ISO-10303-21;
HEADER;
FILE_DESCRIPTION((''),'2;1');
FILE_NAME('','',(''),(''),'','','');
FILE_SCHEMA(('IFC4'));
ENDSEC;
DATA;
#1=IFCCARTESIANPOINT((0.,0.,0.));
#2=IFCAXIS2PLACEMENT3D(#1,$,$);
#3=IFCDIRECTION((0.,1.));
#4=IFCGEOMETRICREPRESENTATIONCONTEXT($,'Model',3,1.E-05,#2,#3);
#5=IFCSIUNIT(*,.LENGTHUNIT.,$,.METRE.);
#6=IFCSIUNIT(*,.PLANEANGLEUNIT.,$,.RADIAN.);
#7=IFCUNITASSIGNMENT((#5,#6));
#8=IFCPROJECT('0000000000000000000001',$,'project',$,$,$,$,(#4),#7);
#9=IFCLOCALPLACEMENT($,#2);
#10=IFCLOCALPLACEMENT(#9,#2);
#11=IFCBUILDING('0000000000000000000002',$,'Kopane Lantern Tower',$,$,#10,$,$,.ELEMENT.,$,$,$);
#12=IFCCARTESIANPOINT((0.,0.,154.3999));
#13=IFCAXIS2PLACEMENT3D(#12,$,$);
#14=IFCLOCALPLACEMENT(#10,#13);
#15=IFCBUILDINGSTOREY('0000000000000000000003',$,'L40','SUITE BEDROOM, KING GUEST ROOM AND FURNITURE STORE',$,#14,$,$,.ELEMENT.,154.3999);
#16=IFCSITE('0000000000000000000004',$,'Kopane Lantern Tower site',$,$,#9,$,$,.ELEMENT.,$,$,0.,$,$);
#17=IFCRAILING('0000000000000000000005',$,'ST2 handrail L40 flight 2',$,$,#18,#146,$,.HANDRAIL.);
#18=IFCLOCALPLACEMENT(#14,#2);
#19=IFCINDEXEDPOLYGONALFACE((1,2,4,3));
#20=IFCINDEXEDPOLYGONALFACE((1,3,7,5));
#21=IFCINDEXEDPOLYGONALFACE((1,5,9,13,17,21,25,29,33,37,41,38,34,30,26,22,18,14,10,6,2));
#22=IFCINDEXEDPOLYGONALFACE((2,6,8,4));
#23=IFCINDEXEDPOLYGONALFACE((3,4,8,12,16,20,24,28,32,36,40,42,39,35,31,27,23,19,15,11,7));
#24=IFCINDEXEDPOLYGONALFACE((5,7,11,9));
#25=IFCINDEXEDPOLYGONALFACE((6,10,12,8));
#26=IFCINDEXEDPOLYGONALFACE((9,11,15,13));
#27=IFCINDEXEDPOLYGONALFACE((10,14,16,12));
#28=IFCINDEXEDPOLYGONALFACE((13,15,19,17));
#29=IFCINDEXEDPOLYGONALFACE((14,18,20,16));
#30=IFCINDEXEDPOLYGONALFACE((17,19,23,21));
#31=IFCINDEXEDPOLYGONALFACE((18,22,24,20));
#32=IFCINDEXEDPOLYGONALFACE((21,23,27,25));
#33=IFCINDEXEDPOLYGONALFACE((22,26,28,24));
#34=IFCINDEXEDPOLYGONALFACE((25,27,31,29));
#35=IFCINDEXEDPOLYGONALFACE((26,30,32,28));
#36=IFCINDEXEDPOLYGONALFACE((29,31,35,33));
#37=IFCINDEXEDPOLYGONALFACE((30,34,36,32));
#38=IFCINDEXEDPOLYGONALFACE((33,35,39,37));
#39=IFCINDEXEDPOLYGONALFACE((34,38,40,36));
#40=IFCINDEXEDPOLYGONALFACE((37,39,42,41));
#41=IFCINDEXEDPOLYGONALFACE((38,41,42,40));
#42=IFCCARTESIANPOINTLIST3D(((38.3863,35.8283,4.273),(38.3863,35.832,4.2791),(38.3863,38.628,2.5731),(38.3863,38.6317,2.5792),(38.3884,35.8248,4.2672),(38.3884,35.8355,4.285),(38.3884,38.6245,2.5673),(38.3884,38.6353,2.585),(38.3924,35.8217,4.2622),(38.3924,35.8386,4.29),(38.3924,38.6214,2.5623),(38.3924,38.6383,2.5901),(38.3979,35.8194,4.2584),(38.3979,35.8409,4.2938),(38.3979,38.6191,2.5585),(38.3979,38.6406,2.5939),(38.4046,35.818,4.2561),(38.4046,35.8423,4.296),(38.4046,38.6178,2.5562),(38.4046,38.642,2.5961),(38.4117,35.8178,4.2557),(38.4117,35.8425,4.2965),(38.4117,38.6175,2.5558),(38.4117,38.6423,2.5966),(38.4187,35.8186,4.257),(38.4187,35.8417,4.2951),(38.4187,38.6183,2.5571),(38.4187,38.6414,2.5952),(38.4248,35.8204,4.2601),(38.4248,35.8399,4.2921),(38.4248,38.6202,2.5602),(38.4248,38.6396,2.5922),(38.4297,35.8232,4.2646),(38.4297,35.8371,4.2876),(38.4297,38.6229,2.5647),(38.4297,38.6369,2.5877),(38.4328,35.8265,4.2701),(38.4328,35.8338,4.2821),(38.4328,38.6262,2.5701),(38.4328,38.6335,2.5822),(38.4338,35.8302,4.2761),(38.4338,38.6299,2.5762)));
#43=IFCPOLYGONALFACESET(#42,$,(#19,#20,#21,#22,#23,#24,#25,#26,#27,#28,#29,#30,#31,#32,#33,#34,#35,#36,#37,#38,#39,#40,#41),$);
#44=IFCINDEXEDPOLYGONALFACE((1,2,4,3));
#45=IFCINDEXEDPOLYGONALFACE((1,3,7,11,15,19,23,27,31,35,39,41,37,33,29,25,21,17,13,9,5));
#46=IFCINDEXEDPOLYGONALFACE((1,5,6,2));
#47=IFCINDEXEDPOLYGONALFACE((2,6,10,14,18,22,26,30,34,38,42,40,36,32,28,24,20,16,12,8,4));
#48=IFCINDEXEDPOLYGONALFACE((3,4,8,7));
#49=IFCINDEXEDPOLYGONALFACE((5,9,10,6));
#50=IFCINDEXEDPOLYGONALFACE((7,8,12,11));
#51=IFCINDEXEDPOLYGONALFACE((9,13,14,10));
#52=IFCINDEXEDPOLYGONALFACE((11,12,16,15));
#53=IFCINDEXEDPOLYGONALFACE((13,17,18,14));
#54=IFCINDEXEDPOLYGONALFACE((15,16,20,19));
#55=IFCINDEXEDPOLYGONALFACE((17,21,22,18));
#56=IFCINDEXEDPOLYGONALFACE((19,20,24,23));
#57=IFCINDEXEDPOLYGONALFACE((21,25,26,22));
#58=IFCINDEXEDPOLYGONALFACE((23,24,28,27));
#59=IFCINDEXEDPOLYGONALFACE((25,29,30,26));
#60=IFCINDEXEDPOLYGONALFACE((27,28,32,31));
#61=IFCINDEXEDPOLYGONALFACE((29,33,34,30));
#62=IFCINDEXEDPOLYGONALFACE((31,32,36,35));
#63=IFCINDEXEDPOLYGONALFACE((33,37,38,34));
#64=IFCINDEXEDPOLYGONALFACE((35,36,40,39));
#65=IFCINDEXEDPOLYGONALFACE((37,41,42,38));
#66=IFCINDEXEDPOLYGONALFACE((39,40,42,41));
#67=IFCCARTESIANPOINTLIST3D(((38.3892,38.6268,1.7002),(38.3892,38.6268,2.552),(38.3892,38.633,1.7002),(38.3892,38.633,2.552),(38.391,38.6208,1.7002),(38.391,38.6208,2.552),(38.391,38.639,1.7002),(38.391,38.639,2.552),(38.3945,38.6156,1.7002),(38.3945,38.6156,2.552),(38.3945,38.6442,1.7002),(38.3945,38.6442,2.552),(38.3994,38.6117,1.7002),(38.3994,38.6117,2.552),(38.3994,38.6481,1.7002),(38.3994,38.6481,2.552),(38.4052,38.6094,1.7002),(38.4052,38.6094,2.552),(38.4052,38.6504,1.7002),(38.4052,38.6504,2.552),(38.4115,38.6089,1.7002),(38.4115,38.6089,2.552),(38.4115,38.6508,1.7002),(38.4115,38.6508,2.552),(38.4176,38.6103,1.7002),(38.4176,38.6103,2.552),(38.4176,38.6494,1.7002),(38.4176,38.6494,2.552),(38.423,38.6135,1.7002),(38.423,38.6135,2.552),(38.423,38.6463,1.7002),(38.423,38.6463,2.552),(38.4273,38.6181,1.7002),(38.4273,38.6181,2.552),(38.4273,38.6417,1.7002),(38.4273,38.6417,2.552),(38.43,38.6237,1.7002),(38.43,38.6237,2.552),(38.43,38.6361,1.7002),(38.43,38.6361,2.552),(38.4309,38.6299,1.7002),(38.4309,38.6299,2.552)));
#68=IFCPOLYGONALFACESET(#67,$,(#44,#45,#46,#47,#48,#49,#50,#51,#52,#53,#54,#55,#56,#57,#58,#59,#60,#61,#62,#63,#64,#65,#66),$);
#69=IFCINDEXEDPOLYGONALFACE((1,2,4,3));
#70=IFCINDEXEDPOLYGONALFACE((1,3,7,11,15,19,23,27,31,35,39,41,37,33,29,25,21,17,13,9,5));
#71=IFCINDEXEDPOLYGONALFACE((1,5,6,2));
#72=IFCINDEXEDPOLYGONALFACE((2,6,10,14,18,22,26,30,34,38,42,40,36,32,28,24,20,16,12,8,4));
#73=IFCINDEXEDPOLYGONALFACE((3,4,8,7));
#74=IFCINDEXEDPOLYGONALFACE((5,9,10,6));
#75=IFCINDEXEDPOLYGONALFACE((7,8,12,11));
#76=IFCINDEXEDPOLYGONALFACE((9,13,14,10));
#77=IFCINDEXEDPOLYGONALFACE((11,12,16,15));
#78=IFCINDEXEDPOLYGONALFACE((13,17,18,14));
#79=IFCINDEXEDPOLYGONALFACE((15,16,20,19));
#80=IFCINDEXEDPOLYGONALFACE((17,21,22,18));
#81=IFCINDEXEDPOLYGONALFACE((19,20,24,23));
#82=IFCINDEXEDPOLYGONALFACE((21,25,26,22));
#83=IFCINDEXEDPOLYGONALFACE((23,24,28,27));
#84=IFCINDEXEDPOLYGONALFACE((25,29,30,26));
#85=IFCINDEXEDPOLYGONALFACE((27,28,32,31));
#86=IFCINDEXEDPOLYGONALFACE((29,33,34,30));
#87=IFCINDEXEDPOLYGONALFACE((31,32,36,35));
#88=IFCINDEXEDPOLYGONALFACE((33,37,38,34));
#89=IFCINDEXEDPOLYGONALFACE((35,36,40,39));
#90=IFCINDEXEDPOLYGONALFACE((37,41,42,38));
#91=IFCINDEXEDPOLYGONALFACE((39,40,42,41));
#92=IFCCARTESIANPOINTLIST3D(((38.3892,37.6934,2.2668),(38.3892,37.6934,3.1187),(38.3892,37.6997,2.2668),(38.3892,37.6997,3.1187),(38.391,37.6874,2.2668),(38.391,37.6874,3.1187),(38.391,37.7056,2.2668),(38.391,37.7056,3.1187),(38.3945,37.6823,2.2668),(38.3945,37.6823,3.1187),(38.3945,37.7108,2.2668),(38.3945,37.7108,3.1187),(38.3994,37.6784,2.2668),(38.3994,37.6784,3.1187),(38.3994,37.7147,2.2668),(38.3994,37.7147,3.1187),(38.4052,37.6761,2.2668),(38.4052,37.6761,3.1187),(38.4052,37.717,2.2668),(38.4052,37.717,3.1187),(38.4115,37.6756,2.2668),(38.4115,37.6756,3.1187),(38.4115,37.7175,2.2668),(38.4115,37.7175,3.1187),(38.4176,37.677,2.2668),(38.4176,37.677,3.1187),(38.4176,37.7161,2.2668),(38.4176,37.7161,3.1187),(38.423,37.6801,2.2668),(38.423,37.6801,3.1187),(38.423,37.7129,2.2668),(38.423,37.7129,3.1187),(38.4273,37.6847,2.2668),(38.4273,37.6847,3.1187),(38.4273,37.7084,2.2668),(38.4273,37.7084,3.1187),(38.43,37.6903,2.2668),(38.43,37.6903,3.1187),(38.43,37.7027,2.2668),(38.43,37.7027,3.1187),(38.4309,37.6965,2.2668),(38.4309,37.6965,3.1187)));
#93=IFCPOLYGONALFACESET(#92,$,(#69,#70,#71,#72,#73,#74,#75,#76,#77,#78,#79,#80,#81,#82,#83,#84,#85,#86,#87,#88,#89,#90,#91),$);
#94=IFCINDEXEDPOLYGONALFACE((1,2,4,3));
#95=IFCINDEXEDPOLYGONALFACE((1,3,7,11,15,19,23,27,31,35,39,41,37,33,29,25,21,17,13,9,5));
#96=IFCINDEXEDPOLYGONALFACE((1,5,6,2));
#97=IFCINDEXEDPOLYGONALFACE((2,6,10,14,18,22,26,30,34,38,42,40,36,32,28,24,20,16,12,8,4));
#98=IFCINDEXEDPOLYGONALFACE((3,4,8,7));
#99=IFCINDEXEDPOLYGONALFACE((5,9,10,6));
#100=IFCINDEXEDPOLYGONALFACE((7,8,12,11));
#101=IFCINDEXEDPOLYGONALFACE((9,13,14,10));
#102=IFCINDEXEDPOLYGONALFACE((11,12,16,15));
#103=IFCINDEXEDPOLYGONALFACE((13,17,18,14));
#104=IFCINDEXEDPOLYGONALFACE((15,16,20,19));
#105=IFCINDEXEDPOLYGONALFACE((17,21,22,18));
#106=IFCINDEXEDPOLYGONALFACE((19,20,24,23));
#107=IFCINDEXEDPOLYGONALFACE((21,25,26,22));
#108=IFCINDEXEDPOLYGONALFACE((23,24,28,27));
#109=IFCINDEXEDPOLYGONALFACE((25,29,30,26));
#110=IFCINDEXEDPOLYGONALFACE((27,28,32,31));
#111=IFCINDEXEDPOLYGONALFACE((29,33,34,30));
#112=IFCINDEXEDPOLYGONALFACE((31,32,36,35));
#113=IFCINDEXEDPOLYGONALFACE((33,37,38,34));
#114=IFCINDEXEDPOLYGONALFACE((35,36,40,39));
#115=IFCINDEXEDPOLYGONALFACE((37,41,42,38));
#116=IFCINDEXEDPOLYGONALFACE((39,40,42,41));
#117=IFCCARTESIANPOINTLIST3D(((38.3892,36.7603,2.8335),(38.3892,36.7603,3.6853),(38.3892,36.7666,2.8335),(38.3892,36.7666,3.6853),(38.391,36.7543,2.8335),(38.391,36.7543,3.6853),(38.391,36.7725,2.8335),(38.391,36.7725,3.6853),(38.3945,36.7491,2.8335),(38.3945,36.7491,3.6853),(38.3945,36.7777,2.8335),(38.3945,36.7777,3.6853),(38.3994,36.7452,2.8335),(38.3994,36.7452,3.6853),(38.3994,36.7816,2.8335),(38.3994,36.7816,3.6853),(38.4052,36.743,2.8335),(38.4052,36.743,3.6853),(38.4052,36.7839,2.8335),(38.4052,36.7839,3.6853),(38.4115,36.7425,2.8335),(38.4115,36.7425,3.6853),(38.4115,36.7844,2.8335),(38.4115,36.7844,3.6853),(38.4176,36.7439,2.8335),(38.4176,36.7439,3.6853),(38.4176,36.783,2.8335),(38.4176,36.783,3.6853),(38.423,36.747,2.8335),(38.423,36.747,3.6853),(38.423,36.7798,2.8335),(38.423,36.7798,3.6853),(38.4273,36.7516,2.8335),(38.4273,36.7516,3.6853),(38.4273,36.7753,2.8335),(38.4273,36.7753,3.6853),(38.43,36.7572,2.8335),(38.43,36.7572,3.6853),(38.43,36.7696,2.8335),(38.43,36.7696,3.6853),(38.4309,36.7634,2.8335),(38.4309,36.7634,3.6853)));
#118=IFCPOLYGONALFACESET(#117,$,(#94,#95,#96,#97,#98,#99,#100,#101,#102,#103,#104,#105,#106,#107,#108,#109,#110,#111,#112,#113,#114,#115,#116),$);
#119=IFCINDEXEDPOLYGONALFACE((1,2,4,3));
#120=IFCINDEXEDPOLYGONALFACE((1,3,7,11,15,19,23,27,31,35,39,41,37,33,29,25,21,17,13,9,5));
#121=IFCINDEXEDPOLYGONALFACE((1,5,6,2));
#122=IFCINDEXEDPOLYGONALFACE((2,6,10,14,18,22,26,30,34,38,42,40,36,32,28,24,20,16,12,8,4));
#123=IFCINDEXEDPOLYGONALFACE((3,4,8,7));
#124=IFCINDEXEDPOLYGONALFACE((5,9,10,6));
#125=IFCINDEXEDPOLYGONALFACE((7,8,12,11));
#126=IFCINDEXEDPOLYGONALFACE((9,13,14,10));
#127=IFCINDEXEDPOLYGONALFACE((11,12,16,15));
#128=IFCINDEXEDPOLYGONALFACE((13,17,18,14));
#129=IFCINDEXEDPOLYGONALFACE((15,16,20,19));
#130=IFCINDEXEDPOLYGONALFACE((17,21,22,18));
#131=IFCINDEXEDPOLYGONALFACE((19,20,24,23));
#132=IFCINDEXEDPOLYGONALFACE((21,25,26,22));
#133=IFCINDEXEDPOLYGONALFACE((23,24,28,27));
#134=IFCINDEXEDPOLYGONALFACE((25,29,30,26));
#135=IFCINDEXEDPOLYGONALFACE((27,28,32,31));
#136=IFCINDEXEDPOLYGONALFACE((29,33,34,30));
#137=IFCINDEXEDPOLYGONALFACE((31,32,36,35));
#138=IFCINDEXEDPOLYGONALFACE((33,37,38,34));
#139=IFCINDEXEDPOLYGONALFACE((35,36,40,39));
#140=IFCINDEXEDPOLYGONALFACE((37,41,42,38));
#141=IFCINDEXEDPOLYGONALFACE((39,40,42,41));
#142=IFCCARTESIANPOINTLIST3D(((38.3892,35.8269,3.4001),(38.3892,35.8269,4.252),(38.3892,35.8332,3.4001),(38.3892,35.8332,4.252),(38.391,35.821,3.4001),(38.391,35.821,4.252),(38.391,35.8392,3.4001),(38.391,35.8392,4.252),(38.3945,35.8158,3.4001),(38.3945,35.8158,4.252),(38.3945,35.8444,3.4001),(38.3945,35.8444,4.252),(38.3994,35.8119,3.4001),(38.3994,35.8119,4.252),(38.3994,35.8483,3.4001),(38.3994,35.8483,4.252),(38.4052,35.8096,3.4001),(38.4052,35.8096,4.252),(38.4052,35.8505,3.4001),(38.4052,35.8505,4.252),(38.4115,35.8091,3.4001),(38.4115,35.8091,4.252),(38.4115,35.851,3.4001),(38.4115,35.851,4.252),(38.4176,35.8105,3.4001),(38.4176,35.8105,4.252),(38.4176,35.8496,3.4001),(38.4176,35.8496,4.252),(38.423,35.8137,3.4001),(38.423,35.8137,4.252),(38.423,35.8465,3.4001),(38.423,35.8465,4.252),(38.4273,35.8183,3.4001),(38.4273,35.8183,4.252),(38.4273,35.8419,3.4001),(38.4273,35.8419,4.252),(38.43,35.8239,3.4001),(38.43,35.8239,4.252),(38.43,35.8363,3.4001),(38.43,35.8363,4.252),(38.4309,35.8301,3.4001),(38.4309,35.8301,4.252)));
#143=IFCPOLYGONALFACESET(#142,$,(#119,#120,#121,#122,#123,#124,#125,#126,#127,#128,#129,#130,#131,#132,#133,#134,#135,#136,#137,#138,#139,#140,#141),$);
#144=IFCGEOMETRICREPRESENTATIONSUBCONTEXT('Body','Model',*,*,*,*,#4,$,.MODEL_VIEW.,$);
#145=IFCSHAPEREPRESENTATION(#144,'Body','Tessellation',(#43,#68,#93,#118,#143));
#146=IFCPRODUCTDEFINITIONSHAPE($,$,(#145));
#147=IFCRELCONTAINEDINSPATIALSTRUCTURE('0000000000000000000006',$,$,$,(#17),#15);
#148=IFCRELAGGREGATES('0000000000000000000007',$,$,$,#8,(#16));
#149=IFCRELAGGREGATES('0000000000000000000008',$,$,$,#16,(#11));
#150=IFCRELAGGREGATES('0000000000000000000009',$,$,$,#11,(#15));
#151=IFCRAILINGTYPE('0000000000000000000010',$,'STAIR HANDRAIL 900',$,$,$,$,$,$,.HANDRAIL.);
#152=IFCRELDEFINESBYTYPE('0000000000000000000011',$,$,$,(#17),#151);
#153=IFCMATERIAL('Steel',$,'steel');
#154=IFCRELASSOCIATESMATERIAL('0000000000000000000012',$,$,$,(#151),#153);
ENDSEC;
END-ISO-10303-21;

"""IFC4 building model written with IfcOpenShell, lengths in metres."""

from ifc_helpers import new_model, si_unit, direction, frame, origin, origin_2d, place, context, subcontext, project, spatial, circle, extrude, material, type_object, element, save


model = new_model("IFC4")

# Units and contexts
model_context = context("Model", 3, precision=1e-05, world=origin(), true_north=direction((0.0, 1.0)))
body_context = subcontext(model_context, "Body", "Model", "MODEL_VIEW")
ifc_project = project(units=[si_unit("LENGTHUNIT", "METRE"), si_unit("PLANEANGLEUNIT", "RADIAN")], contexts=[model_context])

# Site, building, storey
site_placement = place(None, origin())
site = spatial("IfcSite", under=ifc_project, at=site_placement, Name="Kopane Lantern Tower site", CompositionType="ELEMENT", RefElevation=0.0)
building_placement = place(site_placement, origin())
building = spatial("IfcBuilding", under=site, at=building_placement, Name="Kopane Lantern Tower", CompositionType="ELEMENT")
storey_placement = place(building_placement, frame((0.0, 0.0, 154.3999)))
storey = spatial("IfcBuildingStorey", under=building, at=storey_placement, Name="L40", Description="SUITE BEDROOM, KING GUEST ROOM AND FURNITURE STORE", CompositionType="ELEMENT", Elevation=154.3999)

# Railing
ifc_material_1 = material(Name="Steel", Category="steel")
railing_type_1 = type_object("IfcRailingType", Name="STAIR HANDRAIL 900", PredefinedType="HANDRAIL", material=ifc_material_1)
for number, where, name in (
    (1, (38.4099, 38.6299, 1.7002), "ST2 handrail L40 flight 2"),
):
    element("IfcRailing", number, at=place(storey_placement, frame(where)), inside=storey, type_object=railing_type_1, Name=name, PredefinedType="HANDRAIL", context=body_context, shape_type="SweptSolid", body=[
        extrude(circle(Radius=0.0239, at=origin_2d()), frame((0.0, 0.0, 0.876), z_axis=(0.0, -0.854778, 0.518994), x_axis=(1.0, 0.0, 0.0)), (0.0, 0.0, 1.0), 3.2754),
        extrude(circle(Radius=0.021, at=origin_2d()), origin(), (0.0, 0.0, 1.0), 0.8518),
        extrude(circle(Radius=0.021, at=origin_2d()), frame((0.0, -0.9333, 0.5667)), (0.0, 0.0, 1.0), 0.8518),
        extrude(circle(Radius=0.021, at=origin_2d()), frame((0.0, -1.8665, 1.1333)), (0.0, 0.0, 1.0), 0.8518),
        extrude(circle(Radius=0.021, at=origin_2d()), frame((0.0, -2.7998, 1.7)), (0.0, 0.0, 1.0), 0.8518),
    ])

save(model, "model.ifc")
